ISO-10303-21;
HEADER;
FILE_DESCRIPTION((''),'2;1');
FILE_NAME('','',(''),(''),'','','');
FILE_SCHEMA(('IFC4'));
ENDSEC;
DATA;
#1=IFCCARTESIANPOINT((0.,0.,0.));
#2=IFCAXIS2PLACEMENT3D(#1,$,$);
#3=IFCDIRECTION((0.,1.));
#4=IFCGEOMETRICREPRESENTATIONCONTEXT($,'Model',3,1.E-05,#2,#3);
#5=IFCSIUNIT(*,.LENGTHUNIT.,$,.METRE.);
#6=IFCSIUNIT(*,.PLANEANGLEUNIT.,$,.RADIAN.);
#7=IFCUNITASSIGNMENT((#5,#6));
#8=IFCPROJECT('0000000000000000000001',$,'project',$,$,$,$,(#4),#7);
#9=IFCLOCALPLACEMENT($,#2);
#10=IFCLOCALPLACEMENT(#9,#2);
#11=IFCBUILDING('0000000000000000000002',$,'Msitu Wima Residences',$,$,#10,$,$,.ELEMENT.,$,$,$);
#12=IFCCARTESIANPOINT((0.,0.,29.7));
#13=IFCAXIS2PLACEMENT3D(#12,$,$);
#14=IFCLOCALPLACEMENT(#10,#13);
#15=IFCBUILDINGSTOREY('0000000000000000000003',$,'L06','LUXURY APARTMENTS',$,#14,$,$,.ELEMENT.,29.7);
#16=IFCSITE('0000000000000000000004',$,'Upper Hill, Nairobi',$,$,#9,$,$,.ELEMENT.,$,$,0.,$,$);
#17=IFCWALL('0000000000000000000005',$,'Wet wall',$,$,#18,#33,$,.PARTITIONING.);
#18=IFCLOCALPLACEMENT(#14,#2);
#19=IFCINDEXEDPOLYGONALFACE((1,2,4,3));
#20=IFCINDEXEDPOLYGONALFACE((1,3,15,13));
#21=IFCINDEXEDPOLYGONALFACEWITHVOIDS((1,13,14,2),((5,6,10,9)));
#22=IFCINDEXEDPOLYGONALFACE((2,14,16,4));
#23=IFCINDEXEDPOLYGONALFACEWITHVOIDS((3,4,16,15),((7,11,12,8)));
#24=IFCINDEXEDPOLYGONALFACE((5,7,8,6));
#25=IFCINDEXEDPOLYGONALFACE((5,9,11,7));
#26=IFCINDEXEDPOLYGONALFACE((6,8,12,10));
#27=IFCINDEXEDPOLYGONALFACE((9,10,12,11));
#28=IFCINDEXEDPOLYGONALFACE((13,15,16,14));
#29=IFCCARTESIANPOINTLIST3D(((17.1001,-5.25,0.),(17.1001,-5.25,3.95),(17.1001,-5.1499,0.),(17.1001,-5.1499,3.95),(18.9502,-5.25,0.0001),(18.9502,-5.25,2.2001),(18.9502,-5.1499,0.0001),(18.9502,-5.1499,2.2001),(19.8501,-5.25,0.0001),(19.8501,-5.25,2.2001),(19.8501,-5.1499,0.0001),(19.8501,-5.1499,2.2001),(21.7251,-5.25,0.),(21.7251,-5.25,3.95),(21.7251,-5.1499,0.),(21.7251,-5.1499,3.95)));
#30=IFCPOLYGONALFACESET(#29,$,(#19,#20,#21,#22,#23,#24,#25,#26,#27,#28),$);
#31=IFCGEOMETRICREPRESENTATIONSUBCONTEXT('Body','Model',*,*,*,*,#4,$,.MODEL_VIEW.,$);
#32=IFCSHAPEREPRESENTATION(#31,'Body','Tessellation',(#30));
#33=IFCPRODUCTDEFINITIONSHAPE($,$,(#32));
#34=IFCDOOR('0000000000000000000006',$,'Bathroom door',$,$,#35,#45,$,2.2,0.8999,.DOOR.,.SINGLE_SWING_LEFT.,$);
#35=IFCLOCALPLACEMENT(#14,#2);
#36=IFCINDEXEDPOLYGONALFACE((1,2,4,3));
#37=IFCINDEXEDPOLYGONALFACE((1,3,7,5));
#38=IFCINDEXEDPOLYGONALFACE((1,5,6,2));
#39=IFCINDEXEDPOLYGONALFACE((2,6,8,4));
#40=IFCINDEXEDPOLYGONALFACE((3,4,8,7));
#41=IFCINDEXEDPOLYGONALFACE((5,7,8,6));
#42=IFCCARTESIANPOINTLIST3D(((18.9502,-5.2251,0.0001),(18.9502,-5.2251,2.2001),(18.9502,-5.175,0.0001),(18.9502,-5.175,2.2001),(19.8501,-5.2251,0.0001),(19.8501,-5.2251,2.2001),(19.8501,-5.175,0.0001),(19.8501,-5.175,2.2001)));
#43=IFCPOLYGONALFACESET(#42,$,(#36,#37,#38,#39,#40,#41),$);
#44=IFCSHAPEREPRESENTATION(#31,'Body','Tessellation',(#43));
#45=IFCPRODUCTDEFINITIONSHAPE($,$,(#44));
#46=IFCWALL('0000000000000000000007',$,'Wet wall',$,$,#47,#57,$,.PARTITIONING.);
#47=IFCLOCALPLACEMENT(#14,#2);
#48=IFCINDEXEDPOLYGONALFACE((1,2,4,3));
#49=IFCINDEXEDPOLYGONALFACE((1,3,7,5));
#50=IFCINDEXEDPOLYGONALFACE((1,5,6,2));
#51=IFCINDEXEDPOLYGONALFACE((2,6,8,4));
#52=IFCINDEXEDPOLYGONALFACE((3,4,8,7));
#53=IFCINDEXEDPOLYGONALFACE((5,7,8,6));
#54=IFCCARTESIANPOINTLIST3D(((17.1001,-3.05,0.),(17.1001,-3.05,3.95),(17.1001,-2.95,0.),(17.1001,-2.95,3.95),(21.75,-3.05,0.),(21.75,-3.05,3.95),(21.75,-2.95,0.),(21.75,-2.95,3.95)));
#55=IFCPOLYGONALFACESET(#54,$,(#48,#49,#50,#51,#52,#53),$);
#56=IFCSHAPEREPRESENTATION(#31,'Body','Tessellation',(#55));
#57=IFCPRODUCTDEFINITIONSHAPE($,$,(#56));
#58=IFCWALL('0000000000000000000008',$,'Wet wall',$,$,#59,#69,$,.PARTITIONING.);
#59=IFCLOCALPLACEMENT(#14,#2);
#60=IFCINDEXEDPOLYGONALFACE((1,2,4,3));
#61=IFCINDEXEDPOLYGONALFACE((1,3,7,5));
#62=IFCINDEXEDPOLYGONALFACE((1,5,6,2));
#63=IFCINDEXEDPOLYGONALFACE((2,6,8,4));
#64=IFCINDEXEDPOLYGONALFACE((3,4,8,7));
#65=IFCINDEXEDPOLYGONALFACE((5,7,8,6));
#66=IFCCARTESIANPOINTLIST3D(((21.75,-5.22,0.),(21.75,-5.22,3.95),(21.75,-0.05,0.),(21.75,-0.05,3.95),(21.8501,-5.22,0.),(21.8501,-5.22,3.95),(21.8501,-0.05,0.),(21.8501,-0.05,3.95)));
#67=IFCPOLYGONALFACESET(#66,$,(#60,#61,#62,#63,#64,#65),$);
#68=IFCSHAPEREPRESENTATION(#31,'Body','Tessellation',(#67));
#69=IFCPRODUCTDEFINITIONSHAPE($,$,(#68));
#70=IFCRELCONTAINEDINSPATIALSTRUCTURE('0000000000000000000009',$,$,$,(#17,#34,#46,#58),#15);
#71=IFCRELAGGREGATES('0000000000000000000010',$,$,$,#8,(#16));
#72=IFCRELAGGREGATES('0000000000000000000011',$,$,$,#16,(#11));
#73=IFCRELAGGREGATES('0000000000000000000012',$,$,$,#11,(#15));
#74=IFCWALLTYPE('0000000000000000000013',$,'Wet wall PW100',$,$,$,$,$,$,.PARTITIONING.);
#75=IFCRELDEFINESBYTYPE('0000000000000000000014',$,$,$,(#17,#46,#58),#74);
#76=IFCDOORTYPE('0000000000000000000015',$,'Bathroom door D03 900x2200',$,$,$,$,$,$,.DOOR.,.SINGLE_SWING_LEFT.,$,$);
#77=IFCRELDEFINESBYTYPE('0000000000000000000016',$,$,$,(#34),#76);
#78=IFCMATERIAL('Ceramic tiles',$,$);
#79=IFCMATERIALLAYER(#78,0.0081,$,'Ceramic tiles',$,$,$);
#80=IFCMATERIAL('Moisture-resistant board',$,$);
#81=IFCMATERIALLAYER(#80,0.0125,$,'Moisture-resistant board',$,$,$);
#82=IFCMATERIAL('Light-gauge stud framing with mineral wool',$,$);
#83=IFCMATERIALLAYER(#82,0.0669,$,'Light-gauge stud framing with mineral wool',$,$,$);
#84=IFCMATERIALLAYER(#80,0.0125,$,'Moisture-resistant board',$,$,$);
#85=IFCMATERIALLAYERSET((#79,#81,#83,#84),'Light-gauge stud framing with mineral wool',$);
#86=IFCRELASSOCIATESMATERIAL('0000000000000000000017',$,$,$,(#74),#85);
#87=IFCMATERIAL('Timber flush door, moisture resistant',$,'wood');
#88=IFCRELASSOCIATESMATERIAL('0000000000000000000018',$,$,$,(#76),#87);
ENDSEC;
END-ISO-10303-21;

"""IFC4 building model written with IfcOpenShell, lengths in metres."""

from ifc_helpers import new_model, si_unit, direction, frame, frame_2d, origin, place, context, subcontext, project, spatial, rectangle, extrude, material, layer, layer_set, type_object, element, fill, save


model = new_model("IFC4")

# Units and contexts
model_context = context("Model", 3, precision=1e-05, world=origin(), true_north=direction((0.0, 1.0)))
body_context = subcontext(model_context, "Body", "Model", "MODEL_VIEW")
ifc_project = project(units=[si_unit("LENGTHUNIT", "METRE"), si_unit("PLANEANGLEUNIT", "RADIAN")], contexts=[model_context])

# Site, building, storey
site_placement = place(None, origin())
site = spatial("IfcSite", under=ifc_project, at=site_placement, Name="Upper Hill, Nairobi", CompositionType="ELEMENT", RefElevation=0.0)
building_placement = place(site_placement, origin())
building = spatial("IfcBuilding", under=site, at=building_placement, Name="Msitu Wima Residences", CompositionType="ELEMENT")
storey_placement = place(building_placement, frame((0.0, 0.0, 29.7)))
storey = spatial("IfcBuildingStorey", under=building, at=storey_placement, Name="L06", Description="LUXURY APARTMENTS", CompositionType="ELEMENT", Elevation=29.7)

# Wall, opening, door
ifc_material_1 = material(Name="Ceramic tiles")
ifc_layer_1 = layer(ifc_material_1, 0.0081, Name="Ceramic tiles")
ifc_material_2 = material(Name="Moisture-resistant board")
ifc_layer_2 = layer(ifc_material_2, 0.0125, Name="Moisture-resistant board")
ifc_material_3 = material(Name="Light-gauge stud framing with mineral wool")
ifc_layer_3 = layer(ifc_material_3, 0.0669, Name="Light-gauge stud framing with mineral wool")
ifc_layer_4 = layer(ifc_material_2, 0.0125, Name="Moisture-resistant board")
ifc_layer_set_1 = layer_set([ifc_layer_1, ifc_layer_2, ifc_layer_3, ifc_layer_4], Name="Light-gauge stud framing with mineral wool")
wall_type_1 = type_object("IfcWallType", Name="Wet wall PW100", PredefinedType="PARTITIONING", material=ifc_layer_set_1)
wall_1_placement = place(storey_placement, frame((17.1001, -5.2, 0.0), z_axis=(0.0, 0.0, 1.0), x_axis=(1.0, 0.0, 0.0)))
wall_1 = element("IfcWall", 1, at=wall_1_placement, inside=storey, type_object=wall_type_1, Name="Wet wall", PredefinedType="PARTITIONING", context=body_context, shape_type="SweptSolid", body=[
    extrude(rectangle(XDim=4.625, YDim=0.1001, at=frame_2d((2.3125, 0.0))), origin(), (0.0, 0.0, 1.0), 3.95),
])
opening_1_placement = place(wall_1_placement, frame((1.8501, 0.0, 0.0)))
opening_1 = element("IfcOpeningElement", 2, at=opening_1_placement, cuts=wall_1, PredefinedType="OPENING", context=body_context, shape_type="SweptSolid", body=[
    extrude(rectangle(XDim=0.8999, YDim=2.2, at=frame_2d((0.45, 1.1001))), frame((0.0, 0.0601, 0.0), z_axis=(0.0, -1.0, 0.0), x_axis=(1.0, 0.0, 0.0)), (0.0, 0.0, 1.0), 0.1201),
])
ifc_material_4 = material(Name="Timber flush door, moisture resistant", Category="wood")
door_type_1 = type_object("IfcDoorType", Name="Bathroom door D03 900x2200", OperationType="SINGLE_SWING_LEFT", PredefinedType="DOOR", material=ifc_material_4)
door_1_placement = place(opening_1_placement, origin())
door_1 = element("IfcDoor", 3, at=door_1_placement, inside=storey, type_object=door_type_1, Name="Bathroom door", OperationType="SINGLE_SWING_LEFT", OverallHeight=2.2, OverallWidth=0.8999, PredefinedType="DOOR", context=body_context, shape_type="SweptSolid", body=[
    extrude(rectangle(XDim=0.8999, YDim=2.2, at=frame_2d((0.45, 1.1001))), frame((0.0, 0.0249, 0.0), z_axis=(0.0, -1.0, 0.0), x_axis=(1.0, 0.0, 0.0)), (0.0, 0.0, 1.0), 0.05),
])
fill(opening_1, door_1)

# Walls
wall_2_placement = place(storey_placement, frame((17.1001, -3.0, 0.0), z_axis=(0.0, 0.0, 1.0), x_axis=(1.0, 0.0, 0.0)))
element("IfcWall", 4, at=wall_2_placement, inside=storey, type_object=wall_type_1, Name="Wet wall", PredefinedType="PARTITIONING", context=body_context, shape_type="SweptSolid", body=[
    extrude(rectangle(XDim=4.6499, YDim=0.1001, at=frame_2d((2.325, 0.0))), origin(), (0.0, 0.0, 1.0), 3.95),
])
wall_3_placement = place(storey_placement, frame((21.8, -5.22, 0.0), z_axis=(0.0, 0.0, 1.0), x_axis=(0.0, 1.0, 0.0)))
element("IfcWall", 5, at=wall_3_placement, inside=storey, type_object=wall_type_1, Name="Wet wall", PredefinedType="PARTITIONING", context=body_context, shape_type="SweptSolid", body=[
    extrude(rectangle(XDim=5.1699, YDim=0.1001, at=frame_2d((2.585, 0.0))), origin(), (0.0, 0.0, 1.0), 3.95),
])

save(model, "model.ifc")
